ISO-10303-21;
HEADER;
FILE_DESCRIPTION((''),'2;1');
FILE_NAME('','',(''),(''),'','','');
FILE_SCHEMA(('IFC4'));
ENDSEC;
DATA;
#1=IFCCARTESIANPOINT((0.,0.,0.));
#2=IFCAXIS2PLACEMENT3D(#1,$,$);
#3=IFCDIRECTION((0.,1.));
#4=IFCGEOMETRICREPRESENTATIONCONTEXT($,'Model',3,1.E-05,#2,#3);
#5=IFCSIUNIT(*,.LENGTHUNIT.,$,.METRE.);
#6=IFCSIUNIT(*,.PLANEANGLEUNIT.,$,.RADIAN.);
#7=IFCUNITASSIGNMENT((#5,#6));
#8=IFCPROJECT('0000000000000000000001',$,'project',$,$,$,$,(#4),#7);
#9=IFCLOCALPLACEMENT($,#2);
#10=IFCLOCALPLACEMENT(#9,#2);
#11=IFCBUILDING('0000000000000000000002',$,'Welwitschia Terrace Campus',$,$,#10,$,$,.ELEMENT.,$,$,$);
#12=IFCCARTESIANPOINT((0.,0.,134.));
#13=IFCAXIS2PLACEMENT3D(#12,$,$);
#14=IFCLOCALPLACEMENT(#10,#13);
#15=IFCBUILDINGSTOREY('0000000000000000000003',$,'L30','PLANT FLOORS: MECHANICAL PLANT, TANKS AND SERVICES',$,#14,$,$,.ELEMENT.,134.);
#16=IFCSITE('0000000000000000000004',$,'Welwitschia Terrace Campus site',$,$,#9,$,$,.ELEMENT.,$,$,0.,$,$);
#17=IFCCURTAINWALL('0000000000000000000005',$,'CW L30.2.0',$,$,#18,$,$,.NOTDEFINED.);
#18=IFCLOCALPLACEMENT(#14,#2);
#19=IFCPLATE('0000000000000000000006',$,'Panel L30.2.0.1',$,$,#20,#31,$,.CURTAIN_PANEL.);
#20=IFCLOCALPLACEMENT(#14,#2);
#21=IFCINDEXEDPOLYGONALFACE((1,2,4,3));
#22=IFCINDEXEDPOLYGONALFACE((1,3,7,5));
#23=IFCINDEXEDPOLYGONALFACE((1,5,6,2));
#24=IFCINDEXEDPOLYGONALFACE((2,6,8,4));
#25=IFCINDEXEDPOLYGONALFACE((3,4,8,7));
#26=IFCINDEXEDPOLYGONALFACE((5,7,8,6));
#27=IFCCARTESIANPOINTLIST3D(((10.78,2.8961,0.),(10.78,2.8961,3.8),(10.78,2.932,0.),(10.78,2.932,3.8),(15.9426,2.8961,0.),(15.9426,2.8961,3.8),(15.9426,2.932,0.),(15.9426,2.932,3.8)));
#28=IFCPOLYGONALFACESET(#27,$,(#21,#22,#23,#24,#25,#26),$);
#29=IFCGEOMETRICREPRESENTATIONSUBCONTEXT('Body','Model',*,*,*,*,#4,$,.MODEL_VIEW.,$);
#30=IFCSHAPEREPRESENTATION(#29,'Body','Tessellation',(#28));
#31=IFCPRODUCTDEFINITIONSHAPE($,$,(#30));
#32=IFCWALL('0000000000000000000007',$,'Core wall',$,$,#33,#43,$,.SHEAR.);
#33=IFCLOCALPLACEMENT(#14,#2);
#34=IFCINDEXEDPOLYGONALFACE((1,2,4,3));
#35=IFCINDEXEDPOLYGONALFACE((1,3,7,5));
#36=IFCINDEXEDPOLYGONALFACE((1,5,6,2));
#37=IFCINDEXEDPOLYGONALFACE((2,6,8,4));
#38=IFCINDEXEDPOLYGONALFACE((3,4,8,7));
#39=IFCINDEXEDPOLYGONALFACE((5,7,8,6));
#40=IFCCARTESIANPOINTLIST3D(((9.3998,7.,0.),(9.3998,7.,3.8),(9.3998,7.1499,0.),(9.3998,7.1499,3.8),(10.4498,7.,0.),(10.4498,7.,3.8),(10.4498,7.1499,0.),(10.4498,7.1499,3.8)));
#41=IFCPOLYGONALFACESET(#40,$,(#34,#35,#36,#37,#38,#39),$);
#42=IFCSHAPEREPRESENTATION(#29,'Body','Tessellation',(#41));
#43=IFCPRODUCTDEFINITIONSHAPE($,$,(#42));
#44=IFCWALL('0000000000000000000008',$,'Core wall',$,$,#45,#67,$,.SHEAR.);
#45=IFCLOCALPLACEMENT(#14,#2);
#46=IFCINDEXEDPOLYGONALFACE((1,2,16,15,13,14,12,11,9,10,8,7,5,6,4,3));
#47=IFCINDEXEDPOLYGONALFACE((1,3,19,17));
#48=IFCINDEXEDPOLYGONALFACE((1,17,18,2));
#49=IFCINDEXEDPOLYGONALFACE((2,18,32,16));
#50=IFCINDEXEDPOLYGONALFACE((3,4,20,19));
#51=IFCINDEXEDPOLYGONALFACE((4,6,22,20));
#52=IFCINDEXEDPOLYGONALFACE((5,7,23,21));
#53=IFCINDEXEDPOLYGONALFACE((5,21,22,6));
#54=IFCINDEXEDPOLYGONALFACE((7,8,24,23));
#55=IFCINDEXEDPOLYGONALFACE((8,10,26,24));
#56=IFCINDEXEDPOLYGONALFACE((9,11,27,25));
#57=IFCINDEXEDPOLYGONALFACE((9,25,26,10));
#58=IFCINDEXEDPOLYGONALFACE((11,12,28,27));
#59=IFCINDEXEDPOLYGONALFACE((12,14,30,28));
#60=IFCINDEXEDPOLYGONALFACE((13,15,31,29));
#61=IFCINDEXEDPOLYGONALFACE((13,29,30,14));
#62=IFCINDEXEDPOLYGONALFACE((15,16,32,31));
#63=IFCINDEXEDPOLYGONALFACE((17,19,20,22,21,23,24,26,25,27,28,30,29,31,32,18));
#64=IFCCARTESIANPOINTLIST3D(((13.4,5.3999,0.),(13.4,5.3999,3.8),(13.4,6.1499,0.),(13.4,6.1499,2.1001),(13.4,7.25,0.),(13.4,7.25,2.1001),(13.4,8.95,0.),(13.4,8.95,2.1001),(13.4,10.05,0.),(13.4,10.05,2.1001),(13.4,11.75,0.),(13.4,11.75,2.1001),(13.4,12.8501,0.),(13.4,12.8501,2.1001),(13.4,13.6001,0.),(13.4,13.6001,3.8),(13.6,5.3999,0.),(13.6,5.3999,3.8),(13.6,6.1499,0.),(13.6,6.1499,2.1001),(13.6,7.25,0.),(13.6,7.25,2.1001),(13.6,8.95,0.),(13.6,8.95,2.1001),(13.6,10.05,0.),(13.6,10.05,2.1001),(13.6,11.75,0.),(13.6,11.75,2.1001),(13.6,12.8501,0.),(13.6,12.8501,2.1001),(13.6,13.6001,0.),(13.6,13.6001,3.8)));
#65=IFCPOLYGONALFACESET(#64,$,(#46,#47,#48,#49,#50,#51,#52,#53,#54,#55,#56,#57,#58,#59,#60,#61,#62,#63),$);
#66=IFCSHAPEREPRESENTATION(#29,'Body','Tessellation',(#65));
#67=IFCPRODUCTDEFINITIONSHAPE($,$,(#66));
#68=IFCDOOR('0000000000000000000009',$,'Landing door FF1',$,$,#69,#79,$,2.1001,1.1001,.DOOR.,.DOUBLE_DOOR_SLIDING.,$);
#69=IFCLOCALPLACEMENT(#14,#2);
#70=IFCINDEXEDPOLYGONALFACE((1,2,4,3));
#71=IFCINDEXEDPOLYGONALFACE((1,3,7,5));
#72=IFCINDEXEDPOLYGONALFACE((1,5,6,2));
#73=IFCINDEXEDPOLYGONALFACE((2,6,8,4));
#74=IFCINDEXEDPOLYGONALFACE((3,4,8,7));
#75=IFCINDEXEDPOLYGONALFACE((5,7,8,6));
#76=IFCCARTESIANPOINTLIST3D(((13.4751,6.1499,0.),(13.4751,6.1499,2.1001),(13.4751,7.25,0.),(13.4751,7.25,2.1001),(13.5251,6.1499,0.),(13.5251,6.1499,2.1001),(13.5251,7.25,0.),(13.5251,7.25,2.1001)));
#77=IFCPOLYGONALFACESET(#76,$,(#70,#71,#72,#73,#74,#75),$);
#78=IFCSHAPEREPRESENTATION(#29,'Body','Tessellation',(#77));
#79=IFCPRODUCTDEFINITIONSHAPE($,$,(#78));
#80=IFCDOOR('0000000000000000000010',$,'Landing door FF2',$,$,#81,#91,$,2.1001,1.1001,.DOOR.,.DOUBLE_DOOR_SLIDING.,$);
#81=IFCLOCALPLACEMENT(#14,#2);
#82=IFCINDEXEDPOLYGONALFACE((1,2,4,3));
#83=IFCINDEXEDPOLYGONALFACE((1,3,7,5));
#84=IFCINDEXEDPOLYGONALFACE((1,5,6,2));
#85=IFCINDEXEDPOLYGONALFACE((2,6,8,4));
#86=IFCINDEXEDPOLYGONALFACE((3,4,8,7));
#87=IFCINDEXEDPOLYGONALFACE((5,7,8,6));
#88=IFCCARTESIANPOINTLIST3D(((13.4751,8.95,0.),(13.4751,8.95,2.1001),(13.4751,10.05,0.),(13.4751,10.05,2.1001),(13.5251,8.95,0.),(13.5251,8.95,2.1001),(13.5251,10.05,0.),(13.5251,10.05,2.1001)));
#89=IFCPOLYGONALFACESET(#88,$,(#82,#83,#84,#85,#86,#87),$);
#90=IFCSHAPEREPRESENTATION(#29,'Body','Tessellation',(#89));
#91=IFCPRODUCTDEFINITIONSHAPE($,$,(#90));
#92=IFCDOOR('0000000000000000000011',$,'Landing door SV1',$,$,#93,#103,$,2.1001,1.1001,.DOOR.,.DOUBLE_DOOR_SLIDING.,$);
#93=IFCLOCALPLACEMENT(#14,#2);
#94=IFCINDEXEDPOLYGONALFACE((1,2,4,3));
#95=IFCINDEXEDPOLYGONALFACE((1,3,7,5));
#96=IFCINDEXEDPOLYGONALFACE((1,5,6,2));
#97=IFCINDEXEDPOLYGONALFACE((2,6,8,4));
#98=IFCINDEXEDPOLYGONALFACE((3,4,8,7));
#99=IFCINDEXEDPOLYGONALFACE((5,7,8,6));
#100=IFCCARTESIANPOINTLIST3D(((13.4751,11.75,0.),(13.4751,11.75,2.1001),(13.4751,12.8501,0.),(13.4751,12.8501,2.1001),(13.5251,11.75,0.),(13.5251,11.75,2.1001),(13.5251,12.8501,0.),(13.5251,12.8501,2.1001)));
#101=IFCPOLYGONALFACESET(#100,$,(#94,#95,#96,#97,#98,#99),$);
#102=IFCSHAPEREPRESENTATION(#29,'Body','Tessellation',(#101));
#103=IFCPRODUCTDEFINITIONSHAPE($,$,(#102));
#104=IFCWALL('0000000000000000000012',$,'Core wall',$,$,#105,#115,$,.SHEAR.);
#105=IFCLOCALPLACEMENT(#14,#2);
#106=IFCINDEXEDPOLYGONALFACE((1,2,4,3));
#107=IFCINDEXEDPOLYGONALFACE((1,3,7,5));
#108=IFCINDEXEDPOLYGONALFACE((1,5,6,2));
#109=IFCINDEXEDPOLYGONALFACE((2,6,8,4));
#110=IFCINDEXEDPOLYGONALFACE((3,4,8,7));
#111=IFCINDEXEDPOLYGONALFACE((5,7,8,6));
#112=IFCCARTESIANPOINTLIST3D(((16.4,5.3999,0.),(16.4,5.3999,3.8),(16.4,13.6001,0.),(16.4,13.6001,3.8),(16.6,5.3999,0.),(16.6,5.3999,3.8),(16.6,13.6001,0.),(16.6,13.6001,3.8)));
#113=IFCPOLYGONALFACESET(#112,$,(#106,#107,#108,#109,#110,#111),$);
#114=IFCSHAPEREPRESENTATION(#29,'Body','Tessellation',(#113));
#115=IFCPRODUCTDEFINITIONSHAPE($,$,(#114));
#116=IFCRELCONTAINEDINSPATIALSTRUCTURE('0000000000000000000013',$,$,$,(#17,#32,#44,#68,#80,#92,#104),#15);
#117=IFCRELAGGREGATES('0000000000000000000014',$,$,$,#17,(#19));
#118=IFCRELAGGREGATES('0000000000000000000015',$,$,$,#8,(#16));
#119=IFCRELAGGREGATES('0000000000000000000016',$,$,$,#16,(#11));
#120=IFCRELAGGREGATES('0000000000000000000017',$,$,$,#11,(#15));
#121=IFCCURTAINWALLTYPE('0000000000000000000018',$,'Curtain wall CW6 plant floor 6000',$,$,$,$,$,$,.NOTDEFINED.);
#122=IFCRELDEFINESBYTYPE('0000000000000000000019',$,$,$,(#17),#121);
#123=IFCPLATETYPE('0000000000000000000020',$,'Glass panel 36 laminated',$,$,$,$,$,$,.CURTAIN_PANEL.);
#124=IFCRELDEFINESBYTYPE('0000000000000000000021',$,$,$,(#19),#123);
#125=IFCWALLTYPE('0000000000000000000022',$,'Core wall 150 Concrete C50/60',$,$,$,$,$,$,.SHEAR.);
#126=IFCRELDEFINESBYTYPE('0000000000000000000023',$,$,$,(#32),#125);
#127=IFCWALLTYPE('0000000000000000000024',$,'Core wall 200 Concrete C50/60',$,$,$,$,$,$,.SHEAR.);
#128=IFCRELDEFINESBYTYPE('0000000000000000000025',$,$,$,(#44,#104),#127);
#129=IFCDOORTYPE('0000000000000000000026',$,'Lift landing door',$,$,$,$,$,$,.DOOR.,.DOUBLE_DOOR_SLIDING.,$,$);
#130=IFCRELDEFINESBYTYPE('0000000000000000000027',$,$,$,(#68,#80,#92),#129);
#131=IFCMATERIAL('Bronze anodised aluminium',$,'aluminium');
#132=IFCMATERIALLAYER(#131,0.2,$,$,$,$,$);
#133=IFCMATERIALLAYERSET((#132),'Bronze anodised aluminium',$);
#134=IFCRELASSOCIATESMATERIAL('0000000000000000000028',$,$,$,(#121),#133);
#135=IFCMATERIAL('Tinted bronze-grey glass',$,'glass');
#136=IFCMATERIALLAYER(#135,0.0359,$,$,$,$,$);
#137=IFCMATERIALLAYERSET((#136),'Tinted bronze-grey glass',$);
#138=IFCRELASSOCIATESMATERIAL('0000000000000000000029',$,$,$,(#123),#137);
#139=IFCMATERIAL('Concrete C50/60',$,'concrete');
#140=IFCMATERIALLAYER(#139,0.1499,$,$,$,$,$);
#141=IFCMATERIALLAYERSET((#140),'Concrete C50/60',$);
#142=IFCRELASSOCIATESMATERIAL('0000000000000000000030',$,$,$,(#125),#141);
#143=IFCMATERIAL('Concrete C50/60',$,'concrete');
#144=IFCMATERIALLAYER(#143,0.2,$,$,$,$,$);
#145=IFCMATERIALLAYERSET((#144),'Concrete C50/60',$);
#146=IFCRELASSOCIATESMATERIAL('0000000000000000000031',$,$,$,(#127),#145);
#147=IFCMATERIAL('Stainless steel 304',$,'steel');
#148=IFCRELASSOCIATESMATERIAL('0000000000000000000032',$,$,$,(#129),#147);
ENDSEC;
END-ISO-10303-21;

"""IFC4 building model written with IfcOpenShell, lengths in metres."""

from ifc_helpers import new_model, si_unit, direction, frame, frame_2d, origin, origin_2d, place, context, subcontext, project, spatial, rectangle, extrude, material, layer, layer_set, type_object, element, fill, aggregate, save


model = new_model("IFC4")

# Units and contexts
model_context = context("Model", 3, precision=1e-05, world=origin(), true_north=direction((0.0, 1.0)))
body_context = subcontext(model_context, "Body", "Model", "MODEL_VIEW")
ifc_project = project(units=[si_unit("LENGTHUNIT", "METRE"), si_unit("PLANEANGLEUNIT", "RADIAN")], contexts=[model_context])

# Site, building, storey
site_placement = place(None, origin())
site = spatial("IfcSite", under=ifc_project, at=site_placement, Name="Welwitschia Terrace Campus site", CompositionType="ELEMENT", RefElevation=0.0)
building_placement = place(site_placement, origin())
building = spatial("IfcBuilding", under=site, at=building_placement, Name="Welwitschia Terrace Campus", CompositionType="ELEMENT")
storey_placement = place(building_placement, frame((0.0, 0.0, 134.0)))
storey = spatial("IfcBuildingStorey", under=building, at=storey_placement, Name="L30", Description="PLANT FLOORS: MECHANICAL PLANT, TANKS AND SERVICES", CompositionType="ELEMENT", Elevation=134.0)

# Shared definitions
ifc_material_1 = material(Name="Bronze anodised aluminium", Category="aluminium")
ifc_layer_1 = layer(ifc_material_1, 0.2)
ifc_layer_set_1 = layer_set([ifc_layer_1], Name="Bronze anodised aluminium")
curtain_wall_type = type_object("IfcCurtainWallType", Name="Curtain wall CW6 plant floor 6000", PredefinedType="NOTDEFINED", material=ifc_layer_set_1)

# Curtain wall
curtain_wall_1_placement = place(storey_placement, origin())
curtain_wall_1 = element("IfcCurtainWall", 1, at=curtain_wall_1_placement, inside=storey, type_object=curtain_wall_type, Name="CW L30.2.0", PredefinedType="NOTDEFINED")

# Plate
ifc_material_2 = material(Name="Tinted bronze-grey glass", Category="glass")
ifc_layer_2 = layer(ifc_material_2, 0.0359)
ifc_layer_set_2 = layer_set([ifc_layer_2], Name="Tinted bronze-grey glass")
plate_type = type_object("IfcPlateType", Name="Glass panel 36 laminated", PredefinedType="CURTAIN_PANEL", material=ifc_layer_set_2)
plate_1_placement = place(storey_placement, frame((13.3613, 2.9141, 0.0), z_axis=(0.0, 0.0, 1.0), x_axis=(1.0, 0.0, 0.0)))
plate_1 = element("IfcPlate", 2, at=plate_1_placement, type_object=plate_type, Name="Panel L30.2.0.1", PredefinedType="CURTAIN_PANEL", context=body_context, shape_type="SweptSolid", body=[
    extrude(rectangle(XDim=5.1626, YDim=0.0359, at=origin_2d()), origin(), (0.0, 0.0, 1.0), 3.8),
])
aggregate(curtain_wall_1, [plate_1])

# Wall
ifc_material_3 = material(Name="Concrete C50/60", Category="concrete")
ifc_layer_3 = layer(ifc_material_3, 0.1499)
ifc_layer_set_3 = layer_set([ifc_layer_3], Name="Concrete C50/60")
wall_type_1 = type_object("IfcWallType", Name="Core wall 150 Concrete C50/60", PredefinedType="SHEAR", material=ifc_layer_set_3)
wall_1_placement = place(storey_placement, frame((9.3999, 7.075, 0.0), z_axis=(0.0, 0.0, 1.0), x_axis=(1.0, 0.0, 0.0)))
element("IfcWall", 3, at=wall_1_placement, inside=storey, type_object=wall_type_1, Name="Core wall", PredefinedType="SHEAR", context=body_context, shape_type="SweptSolid", body=[
    extrude(rectangle(XDim=1.05, YDim=0.1499, at=frame_2d((0.5249, 0.0))), origin(), (0.0, 0.0, 1.0), 3.8),
])

# Wall, openings, doors
ifc_material_4 = material(Name="Concrete C50/60", Category="concrete")
ifc_layer_4 = layer(ifc_material_4, 0.2)
ifc_layer_set_4 = layer_set([ifc_layer_4], Name="Concrete C50/60")
wall_type_2 = type_object("IfcWallType", Name="Core wall 200 Concrete C50/60", PredefinedType="SHEAR", material=ifc_layer_set_4)
wall_2_placement = place(storey_placement, frame((13.5, 5.3999, 0.0), z_axis=(0.0, 0.0, 1.0), x_axis=(0.0, 1.0, 0.0)))
wall_2 = element("IfcWall", 4, at=wall_2_placement, inside=storey, type_object=wall_type_2, Name="Core wall", PredefinedType="SHEAR", context=body_context, shape_type="SweptSolid", body=[
    extrude(rectangle(XDim=8.2002, YDim=0.2, at=frame_2d((4.1001, 0.0))), origin(), (0.0, 0.0, 1.0), 3.8),
])
opening_1_placement = place(wall_2_placement, frame((0.75, 0.0, 0.0)))
opening_1 = element("IfcOpeningElement", 5, at=opening_1_placement, cuts=wall_2, PredefinedType="OPENING", context=body_context, shape_type="SweptSolid", body=[
    extrude(rectangle(XDim=1.1001, YDim=2.1001, at=frame_2d((0.55, 1.05))), frame((0.0, 0.1099, 0.0), z_axis=(0.0, -1.0, 0.0), x_axis=(1.0, 0.0, 0.0)), (0.0, 0.0, 1.0), 0.22),
])
opening_2_placement = place(wall_2_placement, frame((3.55, 0.0, 0.0)))
opening_2 = element("IfcOpeningElement", 6, at=opening_2_placement, cuts=wall_2, PredefinedType="OPENING", context=body_context, shape_type="SweptSolid", body=[
    extrude(rectangle(XDim=1.1001, YDim=2.1001, at=frame_2d((0.55, 1.05))), frame((0.0, 0.1099, 0.0), z_axis=(0.0, -1.0, 0.0), x_axis=(1.0, 0.0, 0.0)), (0.0, 0.0, 1.0), 0.22),
])
opening_3_placement = place(wall_2_placement, frame((6.3501, 0.0, 0.0)))
opening_3 = element("IfcOpeningElement", 7, at=opening_3_placement, cuts=wall_2, PredefinedType="OPENING", context=body_context, shape_type="SweptSolid", body=[
    extrude(rectangle(XDim=1.1001, YDim=2.1001, at=frame_2d((0.55, 1.05))), frame((0.0, 0.1099, 0.0), z_axis=(0.0, -1.0, 0.0), x_axis=(1.0, 0.0, 0.0)), (0.0, 0.0, 1.0), 0.22),
])
ifc_material_5 = material(Name="Stainless steel 304", Category="steel")
door_type_1 = type_object("IfcDoorType", Name="Lift landing door", OperationType="DOUBLE_DOOR_SLIDING", PredefinedType="DOOR", material=ifc_material_5)
door_1_placement = place(opening_1_placement, origin())
door_1 = element("IfcDoor", 8, at=door_1_placement, inside=storey, type_object=door_type_1, Name="Landing door FF1", OperationType="DOUBLE_DOOR_SLIDING", OverallHeight=2.1001, OverallWidth=1.1001, PredefinedType="DOOR", context=body_context, shape_type="SweptSolid", body=[
    extrude(rectangle(XDim=1.1001, YDim=2.1001, at=frame_2d((0.55, 1.05))), frame((0.0, 0.0249, 0.0), z_axis=(0.0, -1.0, 0.0), x_axis=(1.0, 0.0, 0.0)), (0.0, 0.0, 1.0), 0.05),
])
fill(opening_1, door_1)
door_2_placement = place(opening_2_placement, origin())
door_2 = element("IfcDoor", 9, at=door_2_placement, inside=storey, type_object=door_type_1, Name="Landing door FF2", OperationType="DOUBLE_DOOR_SLIDING", OverallHeight=2.1001, OverallWidth=1.1001, PredefinedType="DOOR", context=body_context, shape_type="SweptSolid", body=[
    extrude(rectangle(XDim=1.1001, YDim=2.1001, at=frame_2d((0.55, 1.05))), frame((0.0, 0.0249, 0.0), z_axis=(0.0, -1.0, 0.0), x_axis=(1.0, 0.0, 0.0)), (0.0, 0.0, 1.0), 0.05),
])
fill(opening_2, door_2)
door_3_placement = place(opening_3_placement, origin())
door_3 = element("IfcDoor", 10, at=door_3_placement, inside=storey, type_object=door_type_1, Name="Landing door SV1", OperationType="DOUBLE_DOOR_SLIDING", OverallHeight=2.1001, OverallWidth=1.1001, PredefinedType="DOOR", context=body_context, shape_type="SweptSolid", body=[
    extrude(rectangle(XDim=1.1001, YDim=2.1001, at=frame_2d((0.55, 1.05))), frame((0.0, 0.0249, 0.0), z_axis=(0.0, -1.0, 0.0), x_axis=(1.0, 0.0, 0.0)), (0.0, 0.0, 1.0), 0.05),
])
fill(opening_3, door_3)

# Wall
wall_3_placement = place(storey_placement, frame((16.5, 5.3999, 0.0), z_axis=(0.0, 0.0, 1.0), x_axis=(0.0, 1.0, 0.0)))
element("IfcWall", 11, at=wall_3_placement, inside=storey, type_object=wall_type_2, Name="Core wall", PredefinedType="SHEAR", context=body_context, shape_type="SweptSolid", body=[
    extrude(rectangle(XDim=8.2002, YDim=0.2, at=frame_2d((4.1001, 0.0))), origin(), (0.0, 0.0, 1.0), 3.8),
])

save(model, "model.ifc")
